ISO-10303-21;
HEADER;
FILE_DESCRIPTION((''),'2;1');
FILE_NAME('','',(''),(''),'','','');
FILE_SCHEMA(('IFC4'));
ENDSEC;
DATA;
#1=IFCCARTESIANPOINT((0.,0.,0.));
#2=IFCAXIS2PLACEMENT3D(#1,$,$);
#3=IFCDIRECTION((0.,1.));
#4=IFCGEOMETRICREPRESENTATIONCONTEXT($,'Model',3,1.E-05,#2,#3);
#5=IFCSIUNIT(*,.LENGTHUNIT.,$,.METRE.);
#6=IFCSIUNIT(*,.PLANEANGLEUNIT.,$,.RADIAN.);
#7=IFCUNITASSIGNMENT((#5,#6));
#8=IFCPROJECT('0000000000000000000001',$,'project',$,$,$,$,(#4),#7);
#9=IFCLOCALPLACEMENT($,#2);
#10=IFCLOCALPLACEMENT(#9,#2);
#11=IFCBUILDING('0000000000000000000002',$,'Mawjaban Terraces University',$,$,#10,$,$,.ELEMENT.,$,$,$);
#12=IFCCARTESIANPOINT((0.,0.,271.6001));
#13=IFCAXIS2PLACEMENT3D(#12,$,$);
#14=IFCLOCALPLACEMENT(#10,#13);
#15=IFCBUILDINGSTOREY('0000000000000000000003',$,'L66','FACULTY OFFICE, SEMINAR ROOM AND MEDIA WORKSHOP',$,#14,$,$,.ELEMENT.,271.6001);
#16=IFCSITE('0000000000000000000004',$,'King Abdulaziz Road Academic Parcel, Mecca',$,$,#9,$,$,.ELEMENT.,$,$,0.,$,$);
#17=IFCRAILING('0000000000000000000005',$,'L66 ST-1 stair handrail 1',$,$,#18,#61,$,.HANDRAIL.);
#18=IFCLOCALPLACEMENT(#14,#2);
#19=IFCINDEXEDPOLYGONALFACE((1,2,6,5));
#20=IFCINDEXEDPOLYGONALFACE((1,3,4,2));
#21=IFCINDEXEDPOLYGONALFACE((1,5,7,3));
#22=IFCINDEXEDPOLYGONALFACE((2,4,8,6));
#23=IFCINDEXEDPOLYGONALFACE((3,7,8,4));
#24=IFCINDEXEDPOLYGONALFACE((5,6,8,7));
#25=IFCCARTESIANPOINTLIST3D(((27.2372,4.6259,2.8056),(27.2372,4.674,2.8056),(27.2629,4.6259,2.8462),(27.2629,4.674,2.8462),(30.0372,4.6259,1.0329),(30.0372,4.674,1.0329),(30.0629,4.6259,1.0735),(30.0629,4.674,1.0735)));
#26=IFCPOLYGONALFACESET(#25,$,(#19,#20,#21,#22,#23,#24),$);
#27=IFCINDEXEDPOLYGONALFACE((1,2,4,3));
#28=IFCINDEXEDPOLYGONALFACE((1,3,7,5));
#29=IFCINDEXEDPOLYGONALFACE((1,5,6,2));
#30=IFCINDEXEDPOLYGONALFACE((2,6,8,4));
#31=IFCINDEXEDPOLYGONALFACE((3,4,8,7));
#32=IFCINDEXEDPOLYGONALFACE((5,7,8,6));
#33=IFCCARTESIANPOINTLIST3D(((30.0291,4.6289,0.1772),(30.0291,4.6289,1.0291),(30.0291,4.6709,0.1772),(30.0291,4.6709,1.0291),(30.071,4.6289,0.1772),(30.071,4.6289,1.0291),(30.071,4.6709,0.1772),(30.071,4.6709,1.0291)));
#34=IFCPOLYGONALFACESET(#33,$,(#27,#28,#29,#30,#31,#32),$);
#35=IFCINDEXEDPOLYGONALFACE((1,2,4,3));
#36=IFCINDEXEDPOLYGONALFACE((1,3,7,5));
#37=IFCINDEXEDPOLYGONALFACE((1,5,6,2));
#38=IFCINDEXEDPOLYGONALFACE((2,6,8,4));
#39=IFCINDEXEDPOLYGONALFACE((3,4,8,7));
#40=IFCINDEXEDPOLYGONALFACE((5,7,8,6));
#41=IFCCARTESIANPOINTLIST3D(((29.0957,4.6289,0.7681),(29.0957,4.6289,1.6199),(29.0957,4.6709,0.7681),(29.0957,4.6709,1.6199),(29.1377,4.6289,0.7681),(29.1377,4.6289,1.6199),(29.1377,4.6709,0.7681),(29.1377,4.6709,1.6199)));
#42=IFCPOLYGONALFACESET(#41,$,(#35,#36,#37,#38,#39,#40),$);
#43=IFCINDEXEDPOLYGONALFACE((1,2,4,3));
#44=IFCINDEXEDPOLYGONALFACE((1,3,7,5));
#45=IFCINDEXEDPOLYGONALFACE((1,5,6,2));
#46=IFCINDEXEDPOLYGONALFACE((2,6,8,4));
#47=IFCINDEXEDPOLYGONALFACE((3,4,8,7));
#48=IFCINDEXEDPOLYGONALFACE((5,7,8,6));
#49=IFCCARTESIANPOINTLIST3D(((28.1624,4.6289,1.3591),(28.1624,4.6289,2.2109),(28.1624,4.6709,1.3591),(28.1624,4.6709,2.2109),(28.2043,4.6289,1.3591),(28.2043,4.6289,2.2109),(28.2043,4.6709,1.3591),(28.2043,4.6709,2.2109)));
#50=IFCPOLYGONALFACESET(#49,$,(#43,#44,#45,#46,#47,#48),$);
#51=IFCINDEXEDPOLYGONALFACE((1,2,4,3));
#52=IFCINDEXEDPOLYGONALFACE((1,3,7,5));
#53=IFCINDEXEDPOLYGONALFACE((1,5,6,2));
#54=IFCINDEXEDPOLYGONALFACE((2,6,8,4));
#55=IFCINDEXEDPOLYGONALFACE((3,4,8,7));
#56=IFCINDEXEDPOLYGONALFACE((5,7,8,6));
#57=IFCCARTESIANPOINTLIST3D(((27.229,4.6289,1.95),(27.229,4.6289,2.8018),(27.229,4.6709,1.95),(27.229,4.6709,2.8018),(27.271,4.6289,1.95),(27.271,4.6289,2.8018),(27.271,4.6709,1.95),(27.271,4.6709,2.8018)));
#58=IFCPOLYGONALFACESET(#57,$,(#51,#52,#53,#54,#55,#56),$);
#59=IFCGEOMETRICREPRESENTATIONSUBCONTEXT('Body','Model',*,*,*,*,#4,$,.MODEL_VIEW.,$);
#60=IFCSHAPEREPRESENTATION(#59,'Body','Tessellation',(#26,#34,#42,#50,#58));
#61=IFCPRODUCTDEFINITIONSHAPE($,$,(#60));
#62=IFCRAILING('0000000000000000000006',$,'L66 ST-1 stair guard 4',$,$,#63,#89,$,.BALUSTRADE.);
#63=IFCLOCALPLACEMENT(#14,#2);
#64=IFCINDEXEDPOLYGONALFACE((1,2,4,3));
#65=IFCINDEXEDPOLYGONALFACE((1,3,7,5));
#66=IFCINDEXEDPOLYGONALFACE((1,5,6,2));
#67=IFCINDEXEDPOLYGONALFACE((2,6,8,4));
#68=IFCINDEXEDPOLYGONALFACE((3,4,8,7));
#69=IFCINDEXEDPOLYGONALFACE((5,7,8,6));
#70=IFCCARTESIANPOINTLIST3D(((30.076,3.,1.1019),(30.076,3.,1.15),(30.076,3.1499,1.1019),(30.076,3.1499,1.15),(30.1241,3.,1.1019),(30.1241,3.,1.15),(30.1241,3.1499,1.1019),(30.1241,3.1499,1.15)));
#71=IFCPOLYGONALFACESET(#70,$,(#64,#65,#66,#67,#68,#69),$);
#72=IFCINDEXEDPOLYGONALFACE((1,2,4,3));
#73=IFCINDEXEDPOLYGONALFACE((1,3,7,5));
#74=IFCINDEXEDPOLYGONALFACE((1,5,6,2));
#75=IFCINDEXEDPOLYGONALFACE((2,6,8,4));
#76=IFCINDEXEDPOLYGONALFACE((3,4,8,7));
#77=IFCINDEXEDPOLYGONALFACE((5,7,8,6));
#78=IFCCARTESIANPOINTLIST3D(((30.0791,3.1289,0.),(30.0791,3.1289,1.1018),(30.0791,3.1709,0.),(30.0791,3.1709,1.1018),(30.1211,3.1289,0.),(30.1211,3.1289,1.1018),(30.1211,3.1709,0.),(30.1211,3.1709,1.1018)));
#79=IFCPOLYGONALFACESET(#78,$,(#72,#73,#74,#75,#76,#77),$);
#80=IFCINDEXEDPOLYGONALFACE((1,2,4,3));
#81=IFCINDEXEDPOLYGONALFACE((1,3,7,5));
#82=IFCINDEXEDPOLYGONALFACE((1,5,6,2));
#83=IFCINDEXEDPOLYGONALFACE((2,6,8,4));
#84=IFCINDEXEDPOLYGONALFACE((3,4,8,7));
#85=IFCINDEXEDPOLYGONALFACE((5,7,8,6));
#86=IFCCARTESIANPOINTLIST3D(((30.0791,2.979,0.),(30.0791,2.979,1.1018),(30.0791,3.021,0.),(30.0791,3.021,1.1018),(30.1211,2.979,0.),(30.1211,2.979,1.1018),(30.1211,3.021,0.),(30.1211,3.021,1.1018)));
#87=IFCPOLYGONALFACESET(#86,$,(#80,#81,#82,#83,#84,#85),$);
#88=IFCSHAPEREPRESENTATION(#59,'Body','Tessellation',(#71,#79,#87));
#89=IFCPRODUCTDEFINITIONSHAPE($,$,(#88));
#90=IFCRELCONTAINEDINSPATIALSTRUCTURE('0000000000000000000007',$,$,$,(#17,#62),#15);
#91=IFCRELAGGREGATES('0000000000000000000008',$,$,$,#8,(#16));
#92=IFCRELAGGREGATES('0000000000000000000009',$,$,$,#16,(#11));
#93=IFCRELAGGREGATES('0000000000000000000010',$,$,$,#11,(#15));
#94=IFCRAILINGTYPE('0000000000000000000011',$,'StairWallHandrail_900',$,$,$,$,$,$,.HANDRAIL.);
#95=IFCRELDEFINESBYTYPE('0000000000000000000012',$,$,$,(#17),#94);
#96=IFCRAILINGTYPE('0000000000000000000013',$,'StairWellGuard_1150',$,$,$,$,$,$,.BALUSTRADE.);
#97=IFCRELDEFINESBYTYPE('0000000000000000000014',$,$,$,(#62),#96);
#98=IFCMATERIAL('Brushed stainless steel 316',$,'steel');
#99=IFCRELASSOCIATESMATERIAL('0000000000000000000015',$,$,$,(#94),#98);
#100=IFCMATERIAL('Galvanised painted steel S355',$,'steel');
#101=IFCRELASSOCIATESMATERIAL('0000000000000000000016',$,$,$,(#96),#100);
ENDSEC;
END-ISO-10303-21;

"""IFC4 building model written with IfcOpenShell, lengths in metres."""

from ifc_helpers import new_model, si_unit, direction, frame, origin, origin_2d, place, context, subcontext, project, spatial, rectangle, extrude, material, type_object, element, save


model = new_model("IFC4")

# Units and contexts
model_context = context("Model", 3, precision=1e-05, world=origin(), true_north=direction((0.0, 1.0)))
body_context = subcontext(model_context, "Body", "Model", "MODEL_VIEW")
ifc_project = project(units=[si_unit("LENGTHUNIT", "METRE"), si_unit("PLANEANGLEUNIT", "RADIAN")], contexts=[model_context])

# Site, building, storey
site_placement = place(None, origin())
site = spatial("IfcSite", under=ifc_project, at=site_placement, Name="King Abdulaziz Road Academic Parcel, Mecca", CompositionType="ELEMENT", RefElevation=0.0)
building_placement = place(site_placement, origin())
building = spatial("IfcBuilding", under=site, at=building_placement, Name="Mawjaban Terraces University", CompositionType="ELEMENT")
storey_placement = place(building_placement, frame((0.0, 0.0, 271.6001)))
storey = spatial("IfcBuildingStorey", under=building, at=storey_placement, Name="L66", Description="FACULTY OFFICE, SEMINAR ROOM AND MEDIA WORKSHOP", CompositionType="ELEMENT", Elevation=271.6001)

# Railings
ifc_material_1 = material(Name="Brushed stainless steel 316", Category="steel")
railing_type_1 = type_object("IfcRailingType", Name="StairWallHandrail_900", PredefinedType="HANDRAIL", material=ifc_material_1)
railing_1_placement = place(storey_placement, frame((30.05, 4.6499, 0.1772)))
element("IfcRailing", 1, at=railing_1_placement, inside=storey, type_object=railing_type_1, Name="L66 ST-1 stair handrail 1", PredefinedType="HANDRAIL", context=body_context, shape_type="SweptSolid", body=[
    extrude(rectangle(XDim=0.0481, YDim=0.0481, at=origin_2d()), frame((0.0, 0.0, 0.876), z_axis=(-0.844909, 0.0, 0.53491), x_axis=(0.0, -1.0, 0.0)), (0.0, 0.0, 1.0), 3.314),
    extrude(rectangle(XDim=0.042, YDim=0.042, at=origin_2d()), origin(), (0.0, 0.0, 1.0), 0.8518),
    extrude(rectangle(XDim=0.042, YDim=0.042, at=origin_2d()), frame((-0.9333, 0.0, 0.5908)), (0.0, 0.0, 1.0), 0.8518),
    extrude(rectangle(XDim=0.042, YDim=0.042, at=origin_2d()), frame((-1.8667, 0.0, 1.1819)), (0.0, 0.0, 1.0), 0.8518),
    extrude(rectangle(XDim=0.042, YDim=0.042, at=origin_2d()), frame((-2.8, 0.0, 1.7727)), (0.0, 0.0, 1.0), 0.8518),
])
ifc_material_2 = material(Name="Galvanised painted steel S355", Category="steel")
railing_type_2 = type_object("IfcRailingType", Name="StairWellGuard_1150", PredefinedType="BALUSTRADE", material=ifc_material_2)
railing_2_placement = place(storey_placement, frame((30.1001, 3.1499, 0.0)))
element("IfcRailing", 2, at=railing_2_placement, inside=storey, type_object=railing_type_2, Name="L66 ST-1 stair guard 4", PredefinedType="BALUSTRADE", context=body_context, shape_type="SweptSolid", body=[
    extrude(rectangle(XDim=0.0481, YDim=0.0481, at=origin_2d()), frame((0.0, 0.0, 1.126), z_axis=(0.0, -1.0, 0.0), x_axis=(1.0, 0.0, 0.0)), (0.0, 0.0, 1.0), 0.1499),
    extrude(rectangle(XDim=0.042, YDim=0.042, at=origin_2d()), origin(), (0.0, 0.0, 1.0), 1.1018),
    extrude(rectangle(XDim=0.042, YDim=0.042, at=origin_2d()), frame((0.0, -0.1499, 0.0)), (0.0, 0.0, 1.0), 1.1018),
])

save(model, "model.ifc")
